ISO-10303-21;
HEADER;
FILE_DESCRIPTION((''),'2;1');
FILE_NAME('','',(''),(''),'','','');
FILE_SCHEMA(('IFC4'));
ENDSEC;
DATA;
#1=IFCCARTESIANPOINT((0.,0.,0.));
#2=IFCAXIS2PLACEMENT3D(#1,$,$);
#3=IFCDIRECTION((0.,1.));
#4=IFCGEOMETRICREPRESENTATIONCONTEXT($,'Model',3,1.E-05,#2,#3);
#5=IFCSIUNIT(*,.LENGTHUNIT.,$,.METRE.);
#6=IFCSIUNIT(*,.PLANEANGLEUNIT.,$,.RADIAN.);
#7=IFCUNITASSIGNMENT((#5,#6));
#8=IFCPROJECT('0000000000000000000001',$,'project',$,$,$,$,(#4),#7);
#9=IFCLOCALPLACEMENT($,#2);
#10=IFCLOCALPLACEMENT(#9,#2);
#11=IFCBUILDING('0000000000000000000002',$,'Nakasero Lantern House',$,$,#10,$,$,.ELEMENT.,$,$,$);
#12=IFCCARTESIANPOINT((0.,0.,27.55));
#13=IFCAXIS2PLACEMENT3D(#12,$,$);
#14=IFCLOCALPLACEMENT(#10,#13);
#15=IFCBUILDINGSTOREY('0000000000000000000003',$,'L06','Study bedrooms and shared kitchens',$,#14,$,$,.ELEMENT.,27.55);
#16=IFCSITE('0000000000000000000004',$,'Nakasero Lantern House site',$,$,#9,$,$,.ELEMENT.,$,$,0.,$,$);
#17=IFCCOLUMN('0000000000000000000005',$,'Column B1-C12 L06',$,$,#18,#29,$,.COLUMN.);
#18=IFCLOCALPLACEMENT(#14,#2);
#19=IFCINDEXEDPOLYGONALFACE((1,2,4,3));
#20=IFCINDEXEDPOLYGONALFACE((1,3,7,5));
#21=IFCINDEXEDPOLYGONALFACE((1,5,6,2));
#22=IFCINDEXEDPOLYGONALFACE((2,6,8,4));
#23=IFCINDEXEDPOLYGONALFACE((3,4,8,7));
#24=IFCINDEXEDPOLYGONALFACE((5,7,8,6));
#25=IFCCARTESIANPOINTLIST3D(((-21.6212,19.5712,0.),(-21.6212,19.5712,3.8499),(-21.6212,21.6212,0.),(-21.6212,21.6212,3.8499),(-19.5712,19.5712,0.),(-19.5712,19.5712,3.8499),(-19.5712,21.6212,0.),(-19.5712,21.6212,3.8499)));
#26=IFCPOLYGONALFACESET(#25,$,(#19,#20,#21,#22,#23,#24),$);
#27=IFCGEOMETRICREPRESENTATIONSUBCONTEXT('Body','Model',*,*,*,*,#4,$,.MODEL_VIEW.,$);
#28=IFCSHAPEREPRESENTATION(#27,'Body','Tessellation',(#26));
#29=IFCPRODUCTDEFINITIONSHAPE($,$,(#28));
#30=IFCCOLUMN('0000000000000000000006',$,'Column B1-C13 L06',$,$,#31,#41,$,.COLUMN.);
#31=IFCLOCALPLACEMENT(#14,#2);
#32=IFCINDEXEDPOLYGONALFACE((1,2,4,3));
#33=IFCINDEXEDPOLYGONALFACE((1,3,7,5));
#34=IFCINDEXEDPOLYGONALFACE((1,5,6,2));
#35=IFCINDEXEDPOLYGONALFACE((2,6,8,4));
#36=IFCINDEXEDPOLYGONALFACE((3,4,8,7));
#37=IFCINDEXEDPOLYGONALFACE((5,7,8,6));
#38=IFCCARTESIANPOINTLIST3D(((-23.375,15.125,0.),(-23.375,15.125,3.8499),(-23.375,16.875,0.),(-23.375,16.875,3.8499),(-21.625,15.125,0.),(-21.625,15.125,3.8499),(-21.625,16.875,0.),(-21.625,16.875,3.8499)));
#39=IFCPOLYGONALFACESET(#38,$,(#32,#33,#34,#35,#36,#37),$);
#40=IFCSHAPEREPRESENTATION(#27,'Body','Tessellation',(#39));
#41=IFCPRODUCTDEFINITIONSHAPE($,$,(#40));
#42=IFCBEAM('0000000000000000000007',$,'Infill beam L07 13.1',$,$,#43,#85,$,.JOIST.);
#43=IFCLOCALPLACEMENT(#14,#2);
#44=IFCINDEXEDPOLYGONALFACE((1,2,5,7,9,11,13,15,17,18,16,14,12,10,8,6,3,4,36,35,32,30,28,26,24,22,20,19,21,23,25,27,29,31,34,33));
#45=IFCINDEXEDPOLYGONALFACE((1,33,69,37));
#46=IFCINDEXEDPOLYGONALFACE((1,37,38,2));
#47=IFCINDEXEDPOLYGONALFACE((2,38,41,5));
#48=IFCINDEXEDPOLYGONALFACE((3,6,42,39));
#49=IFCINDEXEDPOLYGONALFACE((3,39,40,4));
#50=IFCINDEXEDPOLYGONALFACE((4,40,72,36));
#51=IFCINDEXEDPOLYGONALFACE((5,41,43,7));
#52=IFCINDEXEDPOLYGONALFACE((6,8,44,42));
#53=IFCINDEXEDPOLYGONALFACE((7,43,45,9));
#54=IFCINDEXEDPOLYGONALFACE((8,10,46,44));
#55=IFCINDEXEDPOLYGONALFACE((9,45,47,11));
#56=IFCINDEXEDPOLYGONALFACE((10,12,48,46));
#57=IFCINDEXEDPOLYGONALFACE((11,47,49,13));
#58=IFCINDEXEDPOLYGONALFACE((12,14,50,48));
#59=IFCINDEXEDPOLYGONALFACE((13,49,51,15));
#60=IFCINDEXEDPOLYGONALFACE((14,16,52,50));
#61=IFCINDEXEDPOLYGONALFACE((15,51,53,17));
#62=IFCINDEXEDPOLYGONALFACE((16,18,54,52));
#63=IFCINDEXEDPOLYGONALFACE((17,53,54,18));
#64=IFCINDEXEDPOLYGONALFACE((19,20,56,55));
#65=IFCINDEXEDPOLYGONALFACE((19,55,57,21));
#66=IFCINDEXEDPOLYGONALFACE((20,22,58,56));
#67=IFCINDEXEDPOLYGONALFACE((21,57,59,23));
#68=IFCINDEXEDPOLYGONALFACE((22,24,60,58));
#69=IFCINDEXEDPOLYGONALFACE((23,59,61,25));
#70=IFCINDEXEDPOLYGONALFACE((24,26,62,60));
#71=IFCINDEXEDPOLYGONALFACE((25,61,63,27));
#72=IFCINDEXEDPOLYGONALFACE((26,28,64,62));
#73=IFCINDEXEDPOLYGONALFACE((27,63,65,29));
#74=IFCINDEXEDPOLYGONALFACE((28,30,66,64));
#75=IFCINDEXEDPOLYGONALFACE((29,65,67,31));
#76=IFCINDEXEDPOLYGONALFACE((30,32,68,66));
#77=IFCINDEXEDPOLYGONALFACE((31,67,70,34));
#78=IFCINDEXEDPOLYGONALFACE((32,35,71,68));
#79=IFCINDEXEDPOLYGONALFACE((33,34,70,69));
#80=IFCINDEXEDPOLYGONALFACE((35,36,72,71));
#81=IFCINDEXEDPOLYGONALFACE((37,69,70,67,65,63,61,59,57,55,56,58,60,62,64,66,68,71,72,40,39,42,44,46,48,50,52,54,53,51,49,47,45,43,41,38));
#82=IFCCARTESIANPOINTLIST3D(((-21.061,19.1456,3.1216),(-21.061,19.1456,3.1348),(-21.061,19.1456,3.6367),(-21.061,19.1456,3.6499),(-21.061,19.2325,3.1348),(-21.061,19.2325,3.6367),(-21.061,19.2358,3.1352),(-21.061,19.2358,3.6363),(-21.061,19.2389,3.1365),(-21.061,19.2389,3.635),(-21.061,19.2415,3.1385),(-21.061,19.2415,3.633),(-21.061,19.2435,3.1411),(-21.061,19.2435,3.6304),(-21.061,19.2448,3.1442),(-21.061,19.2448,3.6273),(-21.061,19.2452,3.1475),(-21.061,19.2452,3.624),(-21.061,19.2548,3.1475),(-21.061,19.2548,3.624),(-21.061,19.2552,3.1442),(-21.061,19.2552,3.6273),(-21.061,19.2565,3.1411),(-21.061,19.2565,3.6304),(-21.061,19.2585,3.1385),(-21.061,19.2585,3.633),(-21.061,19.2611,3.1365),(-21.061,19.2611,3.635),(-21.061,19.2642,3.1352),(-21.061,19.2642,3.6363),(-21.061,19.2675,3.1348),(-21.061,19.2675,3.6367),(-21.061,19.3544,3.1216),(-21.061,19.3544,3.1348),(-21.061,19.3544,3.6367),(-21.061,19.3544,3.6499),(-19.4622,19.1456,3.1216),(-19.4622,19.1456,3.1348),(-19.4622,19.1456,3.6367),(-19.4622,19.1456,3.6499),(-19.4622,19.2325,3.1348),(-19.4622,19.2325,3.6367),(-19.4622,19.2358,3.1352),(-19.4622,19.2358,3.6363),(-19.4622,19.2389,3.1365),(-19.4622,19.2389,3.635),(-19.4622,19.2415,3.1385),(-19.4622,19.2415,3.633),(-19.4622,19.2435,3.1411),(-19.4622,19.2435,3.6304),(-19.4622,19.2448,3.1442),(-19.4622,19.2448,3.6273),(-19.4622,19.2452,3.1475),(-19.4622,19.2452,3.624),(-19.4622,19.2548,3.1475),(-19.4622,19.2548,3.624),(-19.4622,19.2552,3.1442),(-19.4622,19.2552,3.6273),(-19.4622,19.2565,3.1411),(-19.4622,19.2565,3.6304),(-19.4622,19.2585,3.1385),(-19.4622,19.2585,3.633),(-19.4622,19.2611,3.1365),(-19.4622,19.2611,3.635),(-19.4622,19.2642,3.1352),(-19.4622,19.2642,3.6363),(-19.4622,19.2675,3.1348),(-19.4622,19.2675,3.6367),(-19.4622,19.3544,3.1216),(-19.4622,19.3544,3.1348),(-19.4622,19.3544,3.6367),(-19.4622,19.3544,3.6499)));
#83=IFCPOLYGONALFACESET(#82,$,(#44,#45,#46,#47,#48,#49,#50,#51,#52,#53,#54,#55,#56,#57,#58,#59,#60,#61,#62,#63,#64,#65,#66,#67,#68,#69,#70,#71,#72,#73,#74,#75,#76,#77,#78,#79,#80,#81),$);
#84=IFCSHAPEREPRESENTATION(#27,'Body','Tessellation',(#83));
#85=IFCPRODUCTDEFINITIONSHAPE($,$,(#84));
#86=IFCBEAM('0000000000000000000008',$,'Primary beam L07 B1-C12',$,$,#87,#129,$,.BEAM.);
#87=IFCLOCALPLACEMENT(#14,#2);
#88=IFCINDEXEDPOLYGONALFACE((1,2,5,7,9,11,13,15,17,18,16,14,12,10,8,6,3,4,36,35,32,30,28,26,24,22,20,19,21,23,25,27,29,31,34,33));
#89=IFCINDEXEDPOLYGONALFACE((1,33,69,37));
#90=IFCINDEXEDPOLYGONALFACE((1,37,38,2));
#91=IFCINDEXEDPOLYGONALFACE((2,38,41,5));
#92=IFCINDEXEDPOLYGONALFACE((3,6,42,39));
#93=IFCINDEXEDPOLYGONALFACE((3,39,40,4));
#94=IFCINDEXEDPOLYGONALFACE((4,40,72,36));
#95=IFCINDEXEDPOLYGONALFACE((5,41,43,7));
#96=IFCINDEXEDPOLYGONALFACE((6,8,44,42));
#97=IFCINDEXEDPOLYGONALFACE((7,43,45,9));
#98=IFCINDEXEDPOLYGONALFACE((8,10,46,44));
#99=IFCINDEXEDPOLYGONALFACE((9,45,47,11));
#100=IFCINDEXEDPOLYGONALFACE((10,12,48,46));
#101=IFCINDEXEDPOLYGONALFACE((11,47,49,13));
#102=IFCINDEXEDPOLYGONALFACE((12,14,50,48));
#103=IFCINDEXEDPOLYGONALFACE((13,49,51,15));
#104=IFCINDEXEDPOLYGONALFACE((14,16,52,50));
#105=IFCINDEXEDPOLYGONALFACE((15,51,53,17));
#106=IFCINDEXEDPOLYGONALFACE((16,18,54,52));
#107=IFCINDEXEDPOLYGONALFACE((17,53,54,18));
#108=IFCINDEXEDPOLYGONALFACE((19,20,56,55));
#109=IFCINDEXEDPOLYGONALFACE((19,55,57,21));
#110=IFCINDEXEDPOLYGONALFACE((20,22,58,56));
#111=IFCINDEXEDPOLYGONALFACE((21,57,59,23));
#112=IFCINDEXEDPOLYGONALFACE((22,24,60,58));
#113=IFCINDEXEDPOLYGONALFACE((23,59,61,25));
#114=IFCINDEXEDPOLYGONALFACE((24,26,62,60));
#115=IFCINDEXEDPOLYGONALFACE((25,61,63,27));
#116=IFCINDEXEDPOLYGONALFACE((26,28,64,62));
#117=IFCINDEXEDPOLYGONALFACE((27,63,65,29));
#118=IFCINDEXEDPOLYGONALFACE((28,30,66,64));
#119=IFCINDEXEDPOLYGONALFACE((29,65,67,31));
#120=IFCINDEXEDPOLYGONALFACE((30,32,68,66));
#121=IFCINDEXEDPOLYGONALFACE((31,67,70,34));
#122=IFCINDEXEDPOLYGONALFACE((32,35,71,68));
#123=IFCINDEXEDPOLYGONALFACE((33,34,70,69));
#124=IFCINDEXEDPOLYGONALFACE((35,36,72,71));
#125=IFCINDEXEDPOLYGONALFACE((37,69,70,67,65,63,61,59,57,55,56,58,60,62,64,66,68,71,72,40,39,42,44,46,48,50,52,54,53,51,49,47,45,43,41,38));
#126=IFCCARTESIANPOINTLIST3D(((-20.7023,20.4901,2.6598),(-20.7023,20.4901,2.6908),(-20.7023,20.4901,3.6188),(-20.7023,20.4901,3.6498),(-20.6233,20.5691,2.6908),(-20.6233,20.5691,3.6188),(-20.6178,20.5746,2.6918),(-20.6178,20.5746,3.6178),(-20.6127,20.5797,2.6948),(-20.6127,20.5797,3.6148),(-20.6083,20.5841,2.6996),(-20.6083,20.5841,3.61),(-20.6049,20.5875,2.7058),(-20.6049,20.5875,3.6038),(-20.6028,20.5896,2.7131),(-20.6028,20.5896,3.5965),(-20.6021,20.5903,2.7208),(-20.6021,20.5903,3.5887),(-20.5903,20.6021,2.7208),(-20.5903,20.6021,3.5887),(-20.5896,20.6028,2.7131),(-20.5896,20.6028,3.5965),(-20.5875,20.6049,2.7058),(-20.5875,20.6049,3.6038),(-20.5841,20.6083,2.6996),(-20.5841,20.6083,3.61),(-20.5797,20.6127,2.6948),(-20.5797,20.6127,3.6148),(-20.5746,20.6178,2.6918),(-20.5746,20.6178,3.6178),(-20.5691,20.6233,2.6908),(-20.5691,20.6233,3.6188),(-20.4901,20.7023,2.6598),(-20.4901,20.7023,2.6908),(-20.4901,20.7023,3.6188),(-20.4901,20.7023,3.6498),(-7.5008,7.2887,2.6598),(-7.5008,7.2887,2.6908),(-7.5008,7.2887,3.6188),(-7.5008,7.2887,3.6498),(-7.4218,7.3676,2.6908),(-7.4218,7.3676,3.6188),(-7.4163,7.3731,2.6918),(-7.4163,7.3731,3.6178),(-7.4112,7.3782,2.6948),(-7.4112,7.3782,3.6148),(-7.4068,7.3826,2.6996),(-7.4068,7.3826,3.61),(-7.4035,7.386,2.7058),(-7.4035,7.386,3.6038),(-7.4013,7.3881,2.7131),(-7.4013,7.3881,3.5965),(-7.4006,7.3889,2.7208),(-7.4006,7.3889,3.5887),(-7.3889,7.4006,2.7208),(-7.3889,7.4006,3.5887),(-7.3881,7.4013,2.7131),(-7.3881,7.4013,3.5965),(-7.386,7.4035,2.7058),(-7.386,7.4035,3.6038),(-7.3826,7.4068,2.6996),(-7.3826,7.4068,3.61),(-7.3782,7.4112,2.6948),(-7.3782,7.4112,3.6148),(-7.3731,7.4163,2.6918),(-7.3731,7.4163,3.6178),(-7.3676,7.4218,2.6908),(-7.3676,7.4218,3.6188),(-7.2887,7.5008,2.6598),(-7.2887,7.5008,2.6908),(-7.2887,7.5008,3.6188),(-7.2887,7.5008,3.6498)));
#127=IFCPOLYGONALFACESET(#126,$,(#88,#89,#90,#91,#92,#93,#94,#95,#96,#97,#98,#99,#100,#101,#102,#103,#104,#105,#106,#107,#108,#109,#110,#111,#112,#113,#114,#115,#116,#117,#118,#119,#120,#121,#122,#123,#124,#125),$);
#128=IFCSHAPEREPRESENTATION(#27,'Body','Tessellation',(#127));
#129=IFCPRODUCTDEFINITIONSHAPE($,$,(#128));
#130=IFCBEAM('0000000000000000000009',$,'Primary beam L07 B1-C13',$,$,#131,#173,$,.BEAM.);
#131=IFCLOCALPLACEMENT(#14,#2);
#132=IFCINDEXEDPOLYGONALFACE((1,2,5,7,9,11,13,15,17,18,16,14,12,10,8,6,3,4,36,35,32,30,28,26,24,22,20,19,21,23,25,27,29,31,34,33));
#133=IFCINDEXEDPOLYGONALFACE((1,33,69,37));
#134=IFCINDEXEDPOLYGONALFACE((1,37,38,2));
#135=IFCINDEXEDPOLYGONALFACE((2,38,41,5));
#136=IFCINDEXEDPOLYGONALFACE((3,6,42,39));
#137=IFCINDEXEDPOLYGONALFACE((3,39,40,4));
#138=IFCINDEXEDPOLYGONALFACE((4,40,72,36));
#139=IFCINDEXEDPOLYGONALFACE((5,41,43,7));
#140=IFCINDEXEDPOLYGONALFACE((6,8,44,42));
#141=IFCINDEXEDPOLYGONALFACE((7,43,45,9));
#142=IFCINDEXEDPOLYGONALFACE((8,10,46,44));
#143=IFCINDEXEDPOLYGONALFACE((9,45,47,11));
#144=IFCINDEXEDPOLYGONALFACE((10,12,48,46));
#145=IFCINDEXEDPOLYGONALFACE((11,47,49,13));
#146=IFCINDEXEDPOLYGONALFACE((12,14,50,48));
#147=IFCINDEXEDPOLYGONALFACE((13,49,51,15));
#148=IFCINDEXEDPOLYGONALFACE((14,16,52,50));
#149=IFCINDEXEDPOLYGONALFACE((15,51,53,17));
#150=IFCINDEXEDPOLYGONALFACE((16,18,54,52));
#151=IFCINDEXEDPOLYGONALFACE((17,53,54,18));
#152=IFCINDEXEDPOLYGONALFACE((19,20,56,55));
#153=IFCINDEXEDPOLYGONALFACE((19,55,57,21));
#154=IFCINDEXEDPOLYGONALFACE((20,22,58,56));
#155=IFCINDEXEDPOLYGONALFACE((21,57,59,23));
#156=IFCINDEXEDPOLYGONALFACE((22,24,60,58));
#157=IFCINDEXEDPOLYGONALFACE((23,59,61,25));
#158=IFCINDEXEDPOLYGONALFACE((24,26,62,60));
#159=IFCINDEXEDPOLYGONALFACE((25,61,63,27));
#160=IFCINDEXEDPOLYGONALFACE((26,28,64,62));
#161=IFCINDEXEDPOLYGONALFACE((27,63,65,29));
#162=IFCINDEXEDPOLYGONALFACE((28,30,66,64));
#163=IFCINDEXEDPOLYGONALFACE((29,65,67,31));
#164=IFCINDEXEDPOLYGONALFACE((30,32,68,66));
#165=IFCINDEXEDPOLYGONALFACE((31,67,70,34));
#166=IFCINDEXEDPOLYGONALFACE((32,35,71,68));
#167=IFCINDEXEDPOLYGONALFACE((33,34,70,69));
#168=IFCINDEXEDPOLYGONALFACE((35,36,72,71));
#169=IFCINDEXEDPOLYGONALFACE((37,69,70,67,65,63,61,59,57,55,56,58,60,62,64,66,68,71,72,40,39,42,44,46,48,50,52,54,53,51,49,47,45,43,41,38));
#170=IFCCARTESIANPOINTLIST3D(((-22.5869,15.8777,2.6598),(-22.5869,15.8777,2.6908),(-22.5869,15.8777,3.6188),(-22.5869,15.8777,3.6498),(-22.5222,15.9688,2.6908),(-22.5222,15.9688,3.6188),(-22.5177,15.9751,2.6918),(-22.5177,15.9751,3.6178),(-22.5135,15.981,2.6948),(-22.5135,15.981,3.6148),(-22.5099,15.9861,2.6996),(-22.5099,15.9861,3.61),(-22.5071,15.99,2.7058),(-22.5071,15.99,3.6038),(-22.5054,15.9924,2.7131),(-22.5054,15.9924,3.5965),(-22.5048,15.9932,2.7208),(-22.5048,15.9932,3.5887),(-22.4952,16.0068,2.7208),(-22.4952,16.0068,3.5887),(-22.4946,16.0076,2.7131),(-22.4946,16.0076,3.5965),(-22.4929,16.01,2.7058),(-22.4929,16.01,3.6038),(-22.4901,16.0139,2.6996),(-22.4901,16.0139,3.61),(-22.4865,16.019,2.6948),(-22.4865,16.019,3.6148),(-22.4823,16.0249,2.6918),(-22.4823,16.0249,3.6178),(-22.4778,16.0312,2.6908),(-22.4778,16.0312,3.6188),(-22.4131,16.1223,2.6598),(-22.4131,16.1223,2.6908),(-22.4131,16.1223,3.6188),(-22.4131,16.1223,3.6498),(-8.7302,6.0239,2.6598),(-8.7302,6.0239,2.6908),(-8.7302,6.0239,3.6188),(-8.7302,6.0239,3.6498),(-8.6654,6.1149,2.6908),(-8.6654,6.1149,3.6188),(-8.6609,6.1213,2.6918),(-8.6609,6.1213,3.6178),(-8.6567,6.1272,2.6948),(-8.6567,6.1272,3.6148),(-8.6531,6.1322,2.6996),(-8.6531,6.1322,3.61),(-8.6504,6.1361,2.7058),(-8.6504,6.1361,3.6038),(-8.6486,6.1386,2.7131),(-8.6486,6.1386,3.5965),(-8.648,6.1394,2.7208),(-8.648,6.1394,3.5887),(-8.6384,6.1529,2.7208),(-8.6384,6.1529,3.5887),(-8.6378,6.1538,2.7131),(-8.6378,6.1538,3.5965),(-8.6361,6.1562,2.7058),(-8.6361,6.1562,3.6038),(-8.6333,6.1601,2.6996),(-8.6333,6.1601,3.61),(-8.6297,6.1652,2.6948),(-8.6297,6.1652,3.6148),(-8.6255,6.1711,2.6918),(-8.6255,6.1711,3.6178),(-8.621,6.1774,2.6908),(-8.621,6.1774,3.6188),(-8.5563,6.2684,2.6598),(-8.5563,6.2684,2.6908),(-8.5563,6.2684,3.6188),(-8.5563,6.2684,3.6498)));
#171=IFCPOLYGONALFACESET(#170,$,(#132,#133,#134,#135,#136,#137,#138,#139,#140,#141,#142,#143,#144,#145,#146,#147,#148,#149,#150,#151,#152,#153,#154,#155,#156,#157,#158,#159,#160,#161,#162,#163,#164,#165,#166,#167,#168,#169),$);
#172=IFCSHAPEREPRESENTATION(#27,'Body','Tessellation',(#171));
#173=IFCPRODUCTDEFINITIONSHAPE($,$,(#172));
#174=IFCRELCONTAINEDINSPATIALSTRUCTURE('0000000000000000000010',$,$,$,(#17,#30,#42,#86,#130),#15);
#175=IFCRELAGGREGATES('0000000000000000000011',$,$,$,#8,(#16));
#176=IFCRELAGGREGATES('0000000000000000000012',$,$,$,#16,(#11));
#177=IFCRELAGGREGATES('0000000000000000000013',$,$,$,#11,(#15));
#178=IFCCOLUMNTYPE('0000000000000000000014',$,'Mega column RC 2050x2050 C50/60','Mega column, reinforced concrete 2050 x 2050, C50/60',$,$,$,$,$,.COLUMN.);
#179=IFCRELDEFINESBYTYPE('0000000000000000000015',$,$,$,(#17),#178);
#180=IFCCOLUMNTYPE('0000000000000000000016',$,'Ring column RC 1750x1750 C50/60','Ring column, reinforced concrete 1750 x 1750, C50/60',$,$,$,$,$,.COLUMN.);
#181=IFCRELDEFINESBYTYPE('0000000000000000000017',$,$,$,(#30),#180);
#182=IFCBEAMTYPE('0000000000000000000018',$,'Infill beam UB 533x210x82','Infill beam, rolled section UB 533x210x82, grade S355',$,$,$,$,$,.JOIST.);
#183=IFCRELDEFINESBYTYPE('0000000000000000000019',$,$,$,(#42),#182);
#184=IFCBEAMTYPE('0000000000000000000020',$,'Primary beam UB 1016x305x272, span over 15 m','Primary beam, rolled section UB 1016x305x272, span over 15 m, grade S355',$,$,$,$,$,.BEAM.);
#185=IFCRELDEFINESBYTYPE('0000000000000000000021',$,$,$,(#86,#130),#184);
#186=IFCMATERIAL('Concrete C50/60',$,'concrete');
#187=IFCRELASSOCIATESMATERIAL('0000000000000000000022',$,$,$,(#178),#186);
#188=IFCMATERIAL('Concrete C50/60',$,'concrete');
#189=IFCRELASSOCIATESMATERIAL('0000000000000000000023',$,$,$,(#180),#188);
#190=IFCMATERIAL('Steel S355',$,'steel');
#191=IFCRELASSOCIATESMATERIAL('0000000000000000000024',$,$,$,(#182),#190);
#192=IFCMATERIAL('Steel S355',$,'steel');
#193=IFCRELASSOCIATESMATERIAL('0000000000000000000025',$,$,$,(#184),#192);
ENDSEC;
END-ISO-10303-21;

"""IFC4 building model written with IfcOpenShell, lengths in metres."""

from ifc_helpers import new_model, si_unit, direction, frame, origin, origin_2d, place, context, subcontext, project, spatial, rectangle, i_section, extrude, material, material_profile, profile_set, type_object, element, save


model = new_model("IFC4")

# Units and contexts
model_context = context("Model", 3, precision=1e-05, world=origin(), true_north=direction((0.0, 1.0)))
body_context = subcontext(model_context, "Body", "Model", "MODEL_VIEW")
ifc_project = project(units=[si_unit("LENGTHUNIT", "METRE"), si_unit("PLANEANGLEUNIT", "RADIAN")], contexts=[model_context])

# Site, building, storey
site_placement = place(None, origin())
site = spatial("IfcSite", under=ifc_project, at=site_placement, Name="Nakasero Lantern House site", CompositionType="ELEMENT", RefElevation=0.0)
building_placement = place(site_placement, origin())
building = spatial("IfcBuilding", under=site, at=building_placement, Name="Nakasero Lantern House", CompositionType="ELEMENT")
storey_placement = place(building_placement, frame((0.0, 0.0, 27.55)))
storey = spatial("IfcBuildingStorey", under=building, at=storey_placement, Name="L06", Description="Study bedrooms and shared kitchens", CompositionType="ELEMENT", Elevation=27.55)

# Columns
ifc_material_1 = material(Name="Concrete C50/60", Category="concrete")
ifc_material_profile_1 = material_profile(ifc_material_1, rectangle(XDim=2.05, YDim=2.05, at=origin_2d()), Name="RC 2050x2050")
ifc_profile_set_1 = profile_set([ifc_material_profile_1], Name="Concrete C50/60")
column_type_1 = type_object("IfcColumnType", Name="Mega column RC 2050x2050 C50/60", Description="Mega column, reinforced concrete 2050 x 2050, C50/60", PredefinedType="COLUMN", material=ifc_profile_set_1)
column_1_placement = place(storey_placement, frame((-20.5962, 20.5962, 0.0), z_axis=(0.0, 0.0, 1.0), x_axis=(1.0, 0.0, 0.0)))
element("IfcColumn", 1, at=column_1_placement, inside=storey, type_object=column_type_1, Name="Column B1-C12 L06", PredefinedType="COLUMN", context=body_context, shape_type="SweptSolid", body=[
    extrude(rectangle(XDim=2.05, YDim=2.05, at=origin_2d()), origin(), (0.0, 0.0, 1.0), 3.8499),
])
ifc_material_2 = material(Name="Concrete C50/60", Category="concrete")
ifc_material_profile_2 = material_profile(ifc_material_2, rectangle(XDim=1.75, YDim=1.75, at=origin_2d()), Name="RC 1750x1750")
ifc_profile_set_2 = profile_set([ifc_material_profile_2], Name="Concrete C50/60")
column_type_2 = type_object("IfcColumnType", Name="Ring column RC 1750x1750 C50/60", Description="Ring column, reinforced concrete 1750 x 1750, C50/60", PredefinedType="COLUMN", material=ifc_profile_set_2)
column_2_placement = place(storey_placement, frame((-22.5, 16.0, 0.0), z_axis=(0.0, 0.0, 1.0), x_axis=(1.0, 0.0, 0.0)))
element("IfcColumn", 2, at=column_2_placement, inside=storey, type_object=column_type_2, Name="Column B1-C13 L06", PredefinedType="COLUMN", context=body_context, shape_type="SweptSolid", body=[
    extrude(rectangle(XDim=1.75, YDim=1.75, at=origin_2d()), origin(), (0.0, 0.0, 1.0), 3.8499),
])

# Beams
ifc_material_3 = material(Name="Steel S355", Category="steel")
ifc_material_profile_3 = material_profile(ifc_material_3, i_section(OverallWidth=0.2087, OverallDepth=0.5283, WebThickness=0.0095, FlangeThickness=0.0132, FilletRadius=0.0127, at=origin_2d()), Name="UB 533x210x82")
ifc_profile_set_3 = profile_set([ifc_material_profile_3], Name="Steel S355")
beam_type_1 = type_object("IfcBeamType", Name="Infill beam UB 533x210x82", Description="Infill beam, rolled section UB 533x210x82, grade S355", PredefinedType="JOIST", material=ifc_profile_set_3)
beam_1_placement = place(storey_placement, frame((-21.061, 19.25, 3.3857), z_axis=(1.0, 0.0, 0.0), x_axis=(0.0, 1.0, 0.0)))
element("IfcBeam", 3, at=beam_1_placement, inside=storey, type_object=beam_type_1, Name="Infill beam L07 13.1", PredefinedType="JOIST", context=body_context, shape_type="SweptSolid", body=[
    extrude(i_section(OverallWidth=0.2087, OverallDepth=0.5283, WebThickness=0.0095, FlangeThickness=0.0132, FilletRadius=0.0127, at=origin_2d()), origin(), (0.0, 0.0, 1.0), 1.5989),
])
ifc_material_4 = material(Name="Steel S355", Category="steel")
ifc_material_profile_4 = material_profile(ifc_material_4, i_section(OverallWidth=0.3, OverallDepth=0.99, WebThickness=0.0166, FlangeThickness=0.031, FilletRadius=0.03, at=origin_2d()), Name="UB 1016x305x272")
ifc_profile_set_4 = profile_set([ifc_material_profile_4], Name="Steel S355")
beam_type_2 = type_object("IfcBeamType", Name="Primary beam UB 1016x305x272, span over 15 m", Description="Primary beam, rolled section UB 1016x305x272, span over 15 m, grade S355", PredefinedType="BEAM", material=ifc_profile_set_4)
beam_2_placement = place(storey_placement, frame((-20.5962, 20.5962, 3.1548), z_axis=(0.707107, -0.707107, 0.0), x_axis=(0.707107, 0.707107, 0.0)))
element("IfcBeam", 4, at=beam_2_placement, inside=storey, type_object=beam_type_2, Name="Primary beam L07 B1-C12", PredefinedType="BEAM", context=body_context, shape_type="SweptSolid", body=[
    extrude(i_section(OverallWidth=0.3, OverallDepth=0.99, WebThickness=0.0166, FlangeThickness=0.031, FilletRadius=0.03, at=origin_2d()), origin(), (0.0, 0.0, 1.0), 18.6697),
])
beam_3_placement = place(storey_placement, frame((-22.5, 16.0, 3.1548), z_axis=(0.814952, -0.579528, 0.0), x_axis=(0.579528, 0.814952, 0.0)))
element("IfcBeam", 5, at=beam_3_placement, inside=storey, type_object=beam_type_2, Name="Primary beam L07 B1-C13", PredefinedType="BEAM", context=body_context, shape_type="SweptSolid", body=[
    extrude(i_section(OverallWidth=0.3, OverallDepth=0.99, WebThickness=0.0166, FlangeThickness=0.031, FilletRadius=0.03, at=origin_2d()), origin(), (0.0, 0.0, 1.0), 17.0032),
])

save(model, "model.ifc")
